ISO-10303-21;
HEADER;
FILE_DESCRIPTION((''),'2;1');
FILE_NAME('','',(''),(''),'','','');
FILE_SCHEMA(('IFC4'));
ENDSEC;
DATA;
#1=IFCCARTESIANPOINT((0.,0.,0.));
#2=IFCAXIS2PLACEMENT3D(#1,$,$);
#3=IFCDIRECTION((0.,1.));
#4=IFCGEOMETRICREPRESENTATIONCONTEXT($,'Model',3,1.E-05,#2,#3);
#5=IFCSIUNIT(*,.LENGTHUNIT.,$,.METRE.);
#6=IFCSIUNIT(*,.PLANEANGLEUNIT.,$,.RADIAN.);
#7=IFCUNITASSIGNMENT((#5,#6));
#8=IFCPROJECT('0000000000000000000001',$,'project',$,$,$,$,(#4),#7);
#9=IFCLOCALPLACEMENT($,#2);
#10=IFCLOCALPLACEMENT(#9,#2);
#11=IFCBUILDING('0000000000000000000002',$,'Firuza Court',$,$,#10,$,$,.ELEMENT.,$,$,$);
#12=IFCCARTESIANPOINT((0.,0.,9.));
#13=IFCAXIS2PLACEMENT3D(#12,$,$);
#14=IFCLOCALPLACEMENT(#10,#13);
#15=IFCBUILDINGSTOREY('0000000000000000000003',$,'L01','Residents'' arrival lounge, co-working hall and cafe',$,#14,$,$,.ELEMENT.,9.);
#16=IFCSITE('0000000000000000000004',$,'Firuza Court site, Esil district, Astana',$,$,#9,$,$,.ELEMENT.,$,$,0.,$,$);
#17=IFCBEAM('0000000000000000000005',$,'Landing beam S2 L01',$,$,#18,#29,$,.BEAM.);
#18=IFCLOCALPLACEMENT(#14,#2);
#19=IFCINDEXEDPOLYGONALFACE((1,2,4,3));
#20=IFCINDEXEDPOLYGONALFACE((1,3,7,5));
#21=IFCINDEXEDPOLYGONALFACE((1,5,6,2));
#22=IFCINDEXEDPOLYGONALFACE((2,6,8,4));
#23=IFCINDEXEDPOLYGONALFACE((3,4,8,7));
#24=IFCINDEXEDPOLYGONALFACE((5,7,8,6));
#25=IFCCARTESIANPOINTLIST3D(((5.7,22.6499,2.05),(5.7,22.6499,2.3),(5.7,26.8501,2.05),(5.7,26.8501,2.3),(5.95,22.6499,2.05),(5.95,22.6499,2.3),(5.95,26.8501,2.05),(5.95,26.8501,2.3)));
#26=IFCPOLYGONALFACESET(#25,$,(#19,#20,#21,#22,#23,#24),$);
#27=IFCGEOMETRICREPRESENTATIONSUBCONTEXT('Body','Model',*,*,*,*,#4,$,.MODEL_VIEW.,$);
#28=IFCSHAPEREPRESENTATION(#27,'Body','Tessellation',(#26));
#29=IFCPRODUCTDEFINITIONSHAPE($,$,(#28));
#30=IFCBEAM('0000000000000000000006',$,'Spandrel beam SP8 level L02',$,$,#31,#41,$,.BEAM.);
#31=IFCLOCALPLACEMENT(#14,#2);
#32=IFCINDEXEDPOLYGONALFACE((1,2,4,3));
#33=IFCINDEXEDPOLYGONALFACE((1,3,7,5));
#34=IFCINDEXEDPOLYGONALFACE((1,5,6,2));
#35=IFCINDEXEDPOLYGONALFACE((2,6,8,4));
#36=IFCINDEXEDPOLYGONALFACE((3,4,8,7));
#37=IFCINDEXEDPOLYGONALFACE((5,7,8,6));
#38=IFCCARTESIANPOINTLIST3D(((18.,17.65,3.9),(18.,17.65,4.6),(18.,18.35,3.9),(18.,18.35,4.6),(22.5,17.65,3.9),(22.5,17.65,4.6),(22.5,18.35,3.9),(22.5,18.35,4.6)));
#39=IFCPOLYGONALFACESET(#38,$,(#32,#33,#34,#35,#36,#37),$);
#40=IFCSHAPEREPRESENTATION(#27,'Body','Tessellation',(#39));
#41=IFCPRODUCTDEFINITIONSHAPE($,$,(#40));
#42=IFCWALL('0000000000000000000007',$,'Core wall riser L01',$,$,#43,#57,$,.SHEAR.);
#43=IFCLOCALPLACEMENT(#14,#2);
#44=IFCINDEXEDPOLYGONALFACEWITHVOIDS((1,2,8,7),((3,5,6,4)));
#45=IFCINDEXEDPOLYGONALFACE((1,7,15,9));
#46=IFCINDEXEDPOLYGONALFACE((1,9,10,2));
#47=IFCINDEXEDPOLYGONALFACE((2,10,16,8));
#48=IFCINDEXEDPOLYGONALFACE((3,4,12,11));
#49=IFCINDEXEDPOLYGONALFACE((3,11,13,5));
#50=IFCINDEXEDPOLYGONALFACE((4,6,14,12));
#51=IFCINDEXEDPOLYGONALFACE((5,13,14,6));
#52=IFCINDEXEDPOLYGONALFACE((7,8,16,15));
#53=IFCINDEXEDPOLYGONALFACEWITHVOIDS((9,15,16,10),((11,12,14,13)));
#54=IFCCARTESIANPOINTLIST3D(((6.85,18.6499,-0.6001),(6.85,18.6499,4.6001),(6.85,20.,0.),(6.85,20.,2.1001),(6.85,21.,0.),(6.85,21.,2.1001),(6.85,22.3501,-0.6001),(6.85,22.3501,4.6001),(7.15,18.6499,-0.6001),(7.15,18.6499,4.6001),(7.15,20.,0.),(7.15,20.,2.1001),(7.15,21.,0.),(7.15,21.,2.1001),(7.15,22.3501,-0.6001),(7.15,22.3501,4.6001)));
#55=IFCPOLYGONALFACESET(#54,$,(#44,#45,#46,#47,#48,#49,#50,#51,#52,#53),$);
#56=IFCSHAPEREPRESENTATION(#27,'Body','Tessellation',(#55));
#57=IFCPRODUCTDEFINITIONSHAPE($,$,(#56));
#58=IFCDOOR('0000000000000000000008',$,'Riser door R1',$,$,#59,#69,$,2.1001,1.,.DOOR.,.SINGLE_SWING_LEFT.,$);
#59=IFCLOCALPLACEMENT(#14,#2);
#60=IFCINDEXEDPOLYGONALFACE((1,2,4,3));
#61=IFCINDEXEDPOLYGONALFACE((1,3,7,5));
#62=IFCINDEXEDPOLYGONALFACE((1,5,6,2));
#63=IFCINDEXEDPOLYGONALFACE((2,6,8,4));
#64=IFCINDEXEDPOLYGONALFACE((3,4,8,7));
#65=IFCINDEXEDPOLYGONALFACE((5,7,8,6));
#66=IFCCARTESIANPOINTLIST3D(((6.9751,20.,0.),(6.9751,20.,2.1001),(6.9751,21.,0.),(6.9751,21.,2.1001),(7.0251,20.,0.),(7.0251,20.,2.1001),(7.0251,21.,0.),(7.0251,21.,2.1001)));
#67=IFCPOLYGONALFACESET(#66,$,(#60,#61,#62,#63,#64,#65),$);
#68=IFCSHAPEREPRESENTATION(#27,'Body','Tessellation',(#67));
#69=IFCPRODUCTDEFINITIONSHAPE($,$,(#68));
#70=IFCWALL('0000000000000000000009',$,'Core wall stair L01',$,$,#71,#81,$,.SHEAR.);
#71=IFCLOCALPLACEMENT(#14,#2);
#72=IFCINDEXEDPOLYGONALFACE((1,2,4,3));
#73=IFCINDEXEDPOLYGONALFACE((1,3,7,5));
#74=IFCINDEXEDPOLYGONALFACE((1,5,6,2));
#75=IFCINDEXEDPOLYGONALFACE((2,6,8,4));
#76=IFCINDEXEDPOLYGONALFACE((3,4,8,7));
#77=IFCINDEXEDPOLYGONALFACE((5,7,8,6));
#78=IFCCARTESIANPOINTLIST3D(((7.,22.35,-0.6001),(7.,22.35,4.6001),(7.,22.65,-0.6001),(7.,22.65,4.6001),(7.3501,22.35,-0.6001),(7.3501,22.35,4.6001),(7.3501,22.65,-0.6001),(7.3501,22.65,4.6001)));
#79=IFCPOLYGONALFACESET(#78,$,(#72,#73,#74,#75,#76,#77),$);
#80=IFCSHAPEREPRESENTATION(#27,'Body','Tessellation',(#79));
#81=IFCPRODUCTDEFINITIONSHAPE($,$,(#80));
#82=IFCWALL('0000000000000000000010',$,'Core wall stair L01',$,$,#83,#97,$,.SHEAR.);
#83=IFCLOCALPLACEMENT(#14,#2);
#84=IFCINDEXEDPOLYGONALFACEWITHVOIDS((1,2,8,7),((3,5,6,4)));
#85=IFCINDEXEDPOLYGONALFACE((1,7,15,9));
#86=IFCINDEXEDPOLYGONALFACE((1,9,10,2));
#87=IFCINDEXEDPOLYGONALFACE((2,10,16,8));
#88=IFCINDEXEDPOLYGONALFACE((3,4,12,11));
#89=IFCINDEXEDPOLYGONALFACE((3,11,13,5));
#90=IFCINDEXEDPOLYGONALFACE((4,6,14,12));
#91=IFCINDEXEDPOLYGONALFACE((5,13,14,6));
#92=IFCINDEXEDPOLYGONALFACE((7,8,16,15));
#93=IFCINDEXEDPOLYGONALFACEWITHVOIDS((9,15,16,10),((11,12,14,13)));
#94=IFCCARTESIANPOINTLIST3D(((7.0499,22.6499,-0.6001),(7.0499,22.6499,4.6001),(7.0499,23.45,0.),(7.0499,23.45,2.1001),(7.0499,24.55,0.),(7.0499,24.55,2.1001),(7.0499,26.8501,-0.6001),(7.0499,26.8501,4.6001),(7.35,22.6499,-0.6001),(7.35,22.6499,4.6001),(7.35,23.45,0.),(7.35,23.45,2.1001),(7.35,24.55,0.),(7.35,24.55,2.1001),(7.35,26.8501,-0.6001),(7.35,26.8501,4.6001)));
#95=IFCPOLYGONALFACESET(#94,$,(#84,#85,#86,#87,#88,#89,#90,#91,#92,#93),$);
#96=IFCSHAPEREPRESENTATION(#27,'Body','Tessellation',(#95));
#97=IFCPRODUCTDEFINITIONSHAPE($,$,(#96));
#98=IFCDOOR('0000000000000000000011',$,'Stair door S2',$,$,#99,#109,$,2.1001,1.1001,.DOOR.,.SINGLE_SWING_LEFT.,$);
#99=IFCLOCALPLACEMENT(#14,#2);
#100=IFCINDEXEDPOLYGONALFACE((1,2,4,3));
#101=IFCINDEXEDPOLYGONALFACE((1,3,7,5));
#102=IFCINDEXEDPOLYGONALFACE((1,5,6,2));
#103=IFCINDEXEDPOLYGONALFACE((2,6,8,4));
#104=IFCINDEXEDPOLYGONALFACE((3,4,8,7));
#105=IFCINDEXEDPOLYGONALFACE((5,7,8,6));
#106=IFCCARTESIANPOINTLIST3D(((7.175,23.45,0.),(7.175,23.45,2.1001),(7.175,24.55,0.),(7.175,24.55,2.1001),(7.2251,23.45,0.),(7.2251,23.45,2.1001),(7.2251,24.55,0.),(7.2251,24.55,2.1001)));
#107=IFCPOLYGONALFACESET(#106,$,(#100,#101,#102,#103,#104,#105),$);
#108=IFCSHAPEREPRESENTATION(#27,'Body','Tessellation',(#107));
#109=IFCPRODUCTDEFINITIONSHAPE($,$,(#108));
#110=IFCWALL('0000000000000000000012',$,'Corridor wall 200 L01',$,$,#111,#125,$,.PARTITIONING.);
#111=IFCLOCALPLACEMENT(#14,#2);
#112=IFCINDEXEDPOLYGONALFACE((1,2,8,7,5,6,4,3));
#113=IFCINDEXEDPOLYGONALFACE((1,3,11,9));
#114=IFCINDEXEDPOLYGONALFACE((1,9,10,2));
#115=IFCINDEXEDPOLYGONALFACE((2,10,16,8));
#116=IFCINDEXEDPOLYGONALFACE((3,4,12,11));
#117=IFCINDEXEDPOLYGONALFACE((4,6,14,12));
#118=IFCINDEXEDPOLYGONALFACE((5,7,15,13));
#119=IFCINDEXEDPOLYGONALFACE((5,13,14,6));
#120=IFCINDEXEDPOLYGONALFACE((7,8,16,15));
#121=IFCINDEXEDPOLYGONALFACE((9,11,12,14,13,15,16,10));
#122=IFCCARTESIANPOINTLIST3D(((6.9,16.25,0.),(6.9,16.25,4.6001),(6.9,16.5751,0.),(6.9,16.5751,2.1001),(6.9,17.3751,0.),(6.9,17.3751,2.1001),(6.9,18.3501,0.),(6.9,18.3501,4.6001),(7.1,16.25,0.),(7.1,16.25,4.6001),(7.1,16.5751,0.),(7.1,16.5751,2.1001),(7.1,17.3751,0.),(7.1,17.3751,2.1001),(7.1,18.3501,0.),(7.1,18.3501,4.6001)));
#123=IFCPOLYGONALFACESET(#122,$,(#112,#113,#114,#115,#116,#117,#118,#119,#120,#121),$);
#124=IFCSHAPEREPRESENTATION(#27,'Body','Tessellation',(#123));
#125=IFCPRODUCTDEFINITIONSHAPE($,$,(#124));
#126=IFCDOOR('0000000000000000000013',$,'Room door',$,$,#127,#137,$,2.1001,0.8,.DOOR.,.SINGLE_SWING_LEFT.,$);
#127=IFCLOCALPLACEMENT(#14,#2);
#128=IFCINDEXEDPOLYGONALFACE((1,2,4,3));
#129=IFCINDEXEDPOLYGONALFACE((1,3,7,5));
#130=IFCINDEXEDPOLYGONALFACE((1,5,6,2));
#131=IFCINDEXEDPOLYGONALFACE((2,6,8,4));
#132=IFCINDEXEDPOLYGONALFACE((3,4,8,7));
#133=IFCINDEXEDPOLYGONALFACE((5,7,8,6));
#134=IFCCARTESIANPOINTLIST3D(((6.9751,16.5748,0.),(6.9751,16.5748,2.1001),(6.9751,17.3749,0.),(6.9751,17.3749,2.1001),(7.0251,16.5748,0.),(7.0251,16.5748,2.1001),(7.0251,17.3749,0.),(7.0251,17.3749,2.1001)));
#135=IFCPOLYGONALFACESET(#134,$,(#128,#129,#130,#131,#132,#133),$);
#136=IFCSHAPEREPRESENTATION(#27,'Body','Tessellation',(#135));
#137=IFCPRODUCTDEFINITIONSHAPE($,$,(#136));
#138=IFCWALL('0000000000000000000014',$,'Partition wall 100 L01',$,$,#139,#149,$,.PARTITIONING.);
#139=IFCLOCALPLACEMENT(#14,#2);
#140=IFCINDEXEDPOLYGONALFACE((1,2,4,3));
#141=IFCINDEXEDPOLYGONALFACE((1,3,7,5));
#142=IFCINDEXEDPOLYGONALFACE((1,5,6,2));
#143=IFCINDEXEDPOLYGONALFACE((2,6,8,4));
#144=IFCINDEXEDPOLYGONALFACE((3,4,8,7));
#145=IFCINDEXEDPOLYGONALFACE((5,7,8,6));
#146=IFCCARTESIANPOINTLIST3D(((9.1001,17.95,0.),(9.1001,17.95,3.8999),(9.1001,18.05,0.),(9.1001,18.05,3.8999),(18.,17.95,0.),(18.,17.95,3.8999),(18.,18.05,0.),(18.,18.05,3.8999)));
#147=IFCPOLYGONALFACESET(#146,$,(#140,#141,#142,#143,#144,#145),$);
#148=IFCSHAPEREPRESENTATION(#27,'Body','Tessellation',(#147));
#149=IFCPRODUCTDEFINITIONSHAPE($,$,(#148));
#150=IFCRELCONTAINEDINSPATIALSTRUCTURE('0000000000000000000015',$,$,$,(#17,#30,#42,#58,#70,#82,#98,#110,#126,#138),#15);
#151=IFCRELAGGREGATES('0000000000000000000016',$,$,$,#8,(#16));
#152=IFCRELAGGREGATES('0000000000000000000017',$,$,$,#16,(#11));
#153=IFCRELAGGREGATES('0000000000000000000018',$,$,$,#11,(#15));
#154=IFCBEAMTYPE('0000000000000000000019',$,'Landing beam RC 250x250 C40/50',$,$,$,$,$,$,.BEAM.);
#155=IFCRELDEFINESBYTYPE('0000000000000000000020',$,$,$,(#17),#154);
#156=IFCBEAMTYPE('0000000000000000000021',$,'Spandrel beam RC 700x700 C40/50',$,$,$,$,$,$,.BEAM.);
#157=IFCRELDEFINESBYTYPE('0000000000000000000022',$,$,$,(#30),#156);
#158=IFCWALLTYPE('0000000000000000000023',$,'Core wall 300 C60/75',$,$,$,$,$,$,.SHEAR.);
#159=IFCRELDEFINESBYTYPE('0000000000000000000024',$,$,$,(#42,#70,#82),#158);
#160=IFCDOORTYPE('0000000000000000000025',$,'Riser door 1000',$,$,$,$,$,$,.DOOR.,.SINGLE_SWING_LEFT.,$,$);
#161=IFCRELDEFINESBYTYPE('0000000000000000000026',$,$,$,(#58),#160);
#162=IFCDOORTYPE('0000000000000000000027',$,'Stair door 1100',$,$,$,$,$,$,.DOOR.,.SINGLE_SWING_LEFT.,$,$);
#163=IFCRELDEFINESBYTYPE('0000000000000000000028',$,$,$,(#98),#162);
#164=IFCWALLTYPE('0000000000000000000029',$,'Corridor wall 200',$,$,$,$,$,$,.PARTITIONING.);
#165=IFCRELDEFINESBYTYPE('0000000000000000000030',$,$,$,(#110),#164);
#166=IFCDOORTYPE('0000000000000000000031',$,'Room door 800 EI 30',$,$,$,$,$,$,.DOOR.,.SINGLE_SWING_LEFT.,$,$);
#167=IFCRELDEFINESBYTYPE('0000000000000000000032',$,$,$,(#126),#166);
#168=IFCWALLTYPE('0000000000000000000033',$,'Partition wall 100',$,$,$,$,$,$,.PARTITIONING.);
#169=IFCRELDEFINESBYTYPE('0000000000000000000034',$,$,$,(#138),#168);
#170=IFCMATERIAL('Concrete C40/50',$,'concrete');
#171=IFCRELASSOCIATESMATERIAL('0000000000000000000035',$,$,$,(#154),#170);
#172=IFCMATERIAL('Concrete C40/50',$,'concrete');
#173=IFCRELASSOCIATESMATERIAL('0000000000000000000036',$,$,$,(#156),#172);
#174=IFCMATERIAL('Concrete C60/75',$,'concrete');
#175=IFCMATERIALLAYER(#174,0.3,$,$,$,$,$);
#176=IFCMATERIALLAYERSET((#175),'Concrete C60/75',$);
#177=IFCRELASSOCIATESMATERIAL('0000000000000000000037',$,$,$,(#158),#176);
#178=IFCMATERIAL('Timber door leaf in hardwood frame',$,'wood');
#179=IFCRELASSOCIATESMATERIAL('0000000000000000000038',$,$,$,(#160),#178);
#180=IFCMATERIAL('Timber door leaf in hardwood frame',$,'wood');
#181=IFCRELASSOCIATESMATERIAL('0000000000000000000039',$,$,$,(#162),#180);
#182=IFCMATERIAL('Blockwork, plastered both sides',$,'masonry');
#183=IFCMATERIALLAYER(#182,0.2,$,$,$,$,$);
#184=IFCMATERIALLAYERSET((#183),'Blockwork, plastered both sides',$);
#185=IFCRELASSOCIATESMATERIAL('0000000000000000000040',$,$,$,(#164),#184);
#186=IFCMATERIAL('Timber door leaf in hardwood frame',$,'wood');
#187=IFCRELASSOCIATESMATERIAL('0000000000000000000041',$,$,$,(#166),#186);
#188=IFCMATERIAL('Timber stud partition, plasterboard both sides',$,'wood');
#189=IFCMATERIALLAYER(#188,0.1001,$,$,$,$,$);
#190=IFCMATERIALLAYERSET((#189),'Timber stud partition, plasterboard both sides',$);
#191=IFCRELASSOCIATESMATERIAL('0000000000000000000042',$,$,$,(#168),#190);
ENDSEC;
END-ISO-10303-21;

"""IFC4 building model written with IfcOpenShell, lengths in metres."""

from ifc_helpers import new_model, si_unit, direction, frame, frame_2d, origin, origin_2d, place, context, subcontext, project, spatial, rectangle, extrude, material, layer, layer_set, material_profile, profile_set, type_object, element, fill, save


model = new_model("IFC4")

# Units and contexts
model_context = context("Model", 3, precision=1e-05, world=origin(), true_north=direction((0.0, 1.0)))
body_context = subcontext(model_context, "Body", "Model", "MODEL_VIEW")
ifc_project = project(units=[si_unit("LENGTHUNIT", "METRE"), si_unit("PLANEANGLEUNIT", "RADIAN")], contexts=[model_context])

# Site, building, storey
site_placement = place(None, origin())
site = spatial("IfcSite", under=ifc_project, at=site_placement, Name="Firuza Court site, Esil district, Astana", CompositionType="ELEMENT", RefElevation=0.0)
building_placement = place(site_placement, origin())
building = spatial("IfcBuilding", under=site, at=building_placement, Name="Firuza Court", CompositionType="ELEMENT")
storey_placement = place(building_placement, frame((0.0, 0.0, 9.0)))
storey = spatial("IfcBuildingStorey", under=building, at=storey_placement, Name="L01", Description="Residents' arrival lounge, co-working hall and cafe", CompositionType="ELEMENT", Elevation=9.0)

# Beams
ifc_material_1 = material(Name="Concrete C40/50", Category="concrete")
ifc_material_profile_1 = material_profile(ifc_material_1, rectangle(XDim=0.25, YDim=0.25, at=origin_2d()), Name="RC 250x250")
ifc_profile_set_1 = profile_set([ifc_material_profile_1], Name="Concrete C40/50")
beam_type_1 = type_object("IfcBeamType", Name="Landing beam RC 250x250 C40/50", PredefinedType="BEAM", material=ifc_profile_set_1)
beam_1_placement = place(storey_placement, frame((5.825, 22.6499, 2.175), z_axis=(0.0, 1.0, 0.0), x_axis=(-1.0, 0.0, 0.0)))
element("IfcBeam", 1, at=beam_1_placement, inside=storey, type_object=beam_type_1, Name="Landing beam S2 L01", PredefinedType="BEAM", context=body_context, shape_type="SweptSolid", body=[
    extrude(rectangle(XDim=0.25, YDim=0.25, at=origin_2d()), origin(), (0.0, 0.0, 1.0), 4.2002),
])
ifc_material_2 = material(Name="Concrete C40/50", Category="concrete")
ifc_material_profile_2 = material_profile(ifc_material_2, rectangle(XDim=0.7, YDim=0.7, at=origin_2d()), Name="RC 700x700")
ifc_profile_set_2 = profile_set([ifc_material_profile_2], Name="Concrete C40/50")
beam_type_2 = type_object("IfcBeamType", Name="Spandrel beam RC 700x700 C40/50", PredefinedType="BEAM", material=ifc_profile_set_2)
beam_2_placement = place(storey_placement, frame((18.0, 18.0, 4.25), z_axis=(1.0, 0.0, 0.0), x_axis=(0.0, 1.0, 0.0)))
element("IfcBeam", 2, at=beam_2_placement, inside=storey, type_object=beam_type_2, Name="Spandrel beam SP8 level L02", PredefinedType="BEAM", context=body_context, shape_type="SweptSolid", body=[
    extrude(rectangle(XDim=0.7, YDim=0.7, at=origin_2d()), origin(), (0.0, 0.0, 1.0), 4.5),
])

# Wall, opening, door
ifc_material_3 = material(Name="Concrete C60/75", Category="concrete")
ifc_layer_1 = layer(ifc_material_3, 0.3)
ifc_layer_set_1 = layer_set([ifc_layer_1], Name="Concrete C60/75")
wall_type_1 = type_object("IfcWallType", Name="Core wall 300 C60/75", PredefinedType="SHEAR", material=ifc_layer_set_1)
wall_1_placement = place(storey_placement, frame((7.0, 18.6499, -0.6001), z_axis=(0.0, 0.0, 1.0), x_axis=(0.0, 1.0, 0.0)))
wall_1 = element("IfcWall", 3, at=wall_1_placement, inside=storey, type_object=wall_type_1, Name="Core wall riser L01", PredefinedType="SHEAR", context=body_context, shape_type="SweptSolid", body=[
    extrude(rectangle(XDim=3.7002, YDim=0.3, at=frame_2d((1.8501, 0.0))), origin(), (0.0, 0.0, 1.0), 5.2002),
])
opening_1_placement = place(wall_1_placement, frame((1.3501, 0.0, 0.6001)))
opening_1 = element("IfcOpeningElement", 4, at=opening_1_placement, cuts=wall_1, PredefinedType="OPENING", context=body_context, shape_type="SweptSolid", body=[
    extrude(rectangle(XDim=1.0, YDim=2.1001, at=frame_2d((0.5, 1.05))), frame((0.0, 0.1621, 0.0), z_axis=(0.0, -1.0, 0.0), x_axis=(1.0, 0.0, 0.0)), (0.0, 0.0, 1.0), 0.324),
])
ifc_material_4 = material(Name="Timber door leaf in hardwood frame", Category="wood")
door_type_1 = type_object("IfcDoorType", Name="Riser door 1000", OperationType="SINGLE_SWING_LEFT", PredefinedType="DOOR", material=ifc_material_4)
door_1_placement = place(opening_1_placement, origin())
door_1 = element("IfcDoor", 5, at=door_1_placement, inside=storey, type_object=door_type_1, Name="Riser door R1", OperationType="SINGLE_SWING_LEFT", OverallHeight=2.1001, OverallWidth=1.0, PredefinedType="DOOR", context=body_context, shape_type="SweptSolid", body=[
    extrude(rectangle(XDim=1.0, YDim=2.1001, at=frame_2d((0.5, 1.05))), frame((0.0, 0.0249, 0.0), z_axis=(0.0, -1.0, 0.0), x_axis=(1.0, 0.0, 0.0)), (0.0, 0.0, 1.0), 0.05),
])
fill(opening_1, door_1)

# Wall
wall_2_placement = place(storey_placement, frame((7.0, 22.5, -0.6001), z_axis=(0.0, 0.0, 1.0), x_axis=(1.0, 0.0, 0.0)))
element("IfcWall", 6, at=wall_2_placement, inside=storey, type_object=wall_type_1, Name="Core wall stair L01", PredefinedType="SHEAR", context=body_context, shape_type="SweptSolid", body=[
    extrude(rectangle(XDim=0.3501, YDim=0.3, at=frame_2d((0.175, 0.0))), origin(), (0.0, 0.0, 1.0), 5.2002),
])

# Walls, openings, doors
wall_3_placement = place(storey_placement, frame((7.2, 22.6499, -0.6001), z_axis=(0.0, 0.0, 1.0), x_axis=(0.0, 1.0, 0.0)))
wall_3 = element("IfcWall", 7, at=wall_3_placement, inside=storey, type_object=wall_type_1, Name="Core wall stair L01", PredefinedType="SHEAR", context=body_context, shape_type="SweptSolid", body=[
    extrude(rectangle(XDim=4.2002, YDim=0.3, at=frame_2d((2.1001, 0.0))), origin(), (0.0, 0.0, 1.0), 5.2002),
])
opening_2_placement = place(wall_3_placement, frame((0.8, 0.0, 0.6001)))
opening_2 = element("IfcOpeningElement", 8, at=opening_2_placement, cuts=wall_3, PredefinedType="OPENING", context=body_context, shape_type="SweptSolid", body=[
    extrude(rectangle(XDim=1.1001, YDim=2.1001, at=frame_2d((0.55, 1.05))), frame((0.0, 0.1621, 0.0), z_axis=(0.0, -1.0, 0.0), x_axis=(1.0, 0.0, 0.0)), (0.0, 0.0, 1.0), 0.324),
])
ifc_material_5 = material(Name="Timber door leaf in hardwood frame", Category="wood")
door_type_2 = type_object("IfcDoorType", Name="Stair door 1100", OperationType="SINGLE_SWING_LEFT", PredefinedType="DOOR", material=ifc_material_5)
door_2_placement = place(opening_2_placement, origin())
door_2 = element("IfcDoor", 9, at=door_2_placement, inside=storey, type_object=door_type_2, Name="Stair door S2", OperationType="SINGLE_SWING_LEFT", OverallHeight=2.1001, OverallWidth=1.1001, PredefinedType="DOOR", context=body_context, shape_type="SweptSolid", body=[
    extrude(rectangle(XDim=1.1001, YDim=2.1001, at=frame_2d((0.55, 1.05))), frame((0.0, 0.0249, 0.0), z_axis=(0.0, -1.0, 0.0), x_axis=(1.0, 0.0, 0.0)), (0.0, 0.0, 1.0), 0.05),
])
fill(opening_2, door_2)
ifc_material_6 = material(Name="Blockwork, plastered both sides", Category="masonry")
ifc_layer_2 = layer(ifc_material_6, 0.2)
ifc_layer_set_2 = layer_set([ifc_layer_2], Name="Blockwork, plastered both sides")
wall_type_2 = type_object("IfcWallType", Name="Corridor wall 200", PredefinedType="PARTITIONING", material=ifc_layer_set_2)
wall_4_placement = place(storey_placement, frame((7.0, 18.3501, 0.0), z_axis=(0.0, 0.0, 1.0), x_axis=(0.0, -1.0, 0.0)))
wall_4 = element("IfcWall", 10, at=wall_4_placement, inside=storey, type_object=wall_type_2, Name="Corridor wall 200 L01", PredefinedType="PARTITIONING", context=body_context, shape_type="SweptSolid", body=[
    extrude(rectangle(XDim=2.1001, YDim=0.2, at=frame_2d((1.05, 0.0))), origin(), (0.0, 0.0, 1.0), 4.6001),
])
opening_3_placement = place(wall_4_placement, frame((0.9751, 0.0, 0.0)))
opening_3 = element("IfcOpeningElement", 11, at=opening_3_placement, cuts=wall_4, PredefinedType="OPENING", context=body_context, shape_type="SweptSolid", body=[
    extrude(rectangle(XDim=0.8, YDim=2.1001, at=frame_2d((0.3999, 1.05))), frame((0.0, 0.1118, 0.0), z_axis=(0.0, -1.0, 0.0), x_axis=(1.0, 0.0, 0.0)), (0.0, 0.0, 1.0), 0.2239),
])
ifc_material_7 = material(Name="Timber door leaf in hardwood frame", Category="wood")
door_type_3 = type_object("IfcDoorType", Name="Room door 800 EI 30", OperationType="SINGLE_SWING_LEFT", PredefinedType="DOOR", material=ifc_material_7)
door_3_placement = place(opening_3_placement, frame((0.8, 0.0, 0.0), z_axis=(0.0, 0.0, 1.0), x_axis=(-1.0, 0.0, 0.0)))
door_3 = element("IfcDoor", 12, at=door_3_placement, inside=storey, type_object=door_type_3, Name="Room door", OperationType="SINGLE_SWING_LEFT", OverallHeight=2.1001, OverallWidth=0.8, PredefinedType="DOOR", context=body_context, shape_type="SweptSolid", body=[
    extrude(rectangle(XDim=0.8, YDim=2.1001, at=frame_2d((0.3999, 1.05))), frame((0.0, 0.0249, 0.0), z_axis=(0.0, -1.0, 0.0), x_axis=(1.0, 0.0, 0.0)), (0.0, 0.0, 1.0), 0.05),
])
fill(opening_3, door_3)

# Wall
ifc_material_8 = material(Name="Timber stud partition, plasterboard both sides", Category="wood")
ifc_layer_3 = layer(ifc_material_8, 0.1001)
ifc_layer_set_3 = layer_set([ifc_layer_3], Name="Timber stud partition, plasterboard both sides")
wall_type_3 = type_object("IfcWallType", Name="Partition wall 100", PredefinedType="PARTITIONING", material=ifc_layer_set_3)
wall_5_placement = place(storey_placement, frame((18.0, 18.0, 0.0), z_axis=(0.0, 0.0, 1.0), x_axis=(-1.0, 0.0, 0.0)))
element("IfcWall", 13, at=wall_5_placement, inside=storey, type_object=wall_type_3, Name="Partition wall 100 L01", PredefinedType="PARTITIONING", context=body_context, shape_type="SweptSolid", body=[
    extrude(rectangle(XDim=8.8999, YDim=0.1001, at=frame_2d((4.45, 0.0))), origin(), (0.0, 0.0, 1.0), 3.8999),
])

save(model, "model.ifc")
